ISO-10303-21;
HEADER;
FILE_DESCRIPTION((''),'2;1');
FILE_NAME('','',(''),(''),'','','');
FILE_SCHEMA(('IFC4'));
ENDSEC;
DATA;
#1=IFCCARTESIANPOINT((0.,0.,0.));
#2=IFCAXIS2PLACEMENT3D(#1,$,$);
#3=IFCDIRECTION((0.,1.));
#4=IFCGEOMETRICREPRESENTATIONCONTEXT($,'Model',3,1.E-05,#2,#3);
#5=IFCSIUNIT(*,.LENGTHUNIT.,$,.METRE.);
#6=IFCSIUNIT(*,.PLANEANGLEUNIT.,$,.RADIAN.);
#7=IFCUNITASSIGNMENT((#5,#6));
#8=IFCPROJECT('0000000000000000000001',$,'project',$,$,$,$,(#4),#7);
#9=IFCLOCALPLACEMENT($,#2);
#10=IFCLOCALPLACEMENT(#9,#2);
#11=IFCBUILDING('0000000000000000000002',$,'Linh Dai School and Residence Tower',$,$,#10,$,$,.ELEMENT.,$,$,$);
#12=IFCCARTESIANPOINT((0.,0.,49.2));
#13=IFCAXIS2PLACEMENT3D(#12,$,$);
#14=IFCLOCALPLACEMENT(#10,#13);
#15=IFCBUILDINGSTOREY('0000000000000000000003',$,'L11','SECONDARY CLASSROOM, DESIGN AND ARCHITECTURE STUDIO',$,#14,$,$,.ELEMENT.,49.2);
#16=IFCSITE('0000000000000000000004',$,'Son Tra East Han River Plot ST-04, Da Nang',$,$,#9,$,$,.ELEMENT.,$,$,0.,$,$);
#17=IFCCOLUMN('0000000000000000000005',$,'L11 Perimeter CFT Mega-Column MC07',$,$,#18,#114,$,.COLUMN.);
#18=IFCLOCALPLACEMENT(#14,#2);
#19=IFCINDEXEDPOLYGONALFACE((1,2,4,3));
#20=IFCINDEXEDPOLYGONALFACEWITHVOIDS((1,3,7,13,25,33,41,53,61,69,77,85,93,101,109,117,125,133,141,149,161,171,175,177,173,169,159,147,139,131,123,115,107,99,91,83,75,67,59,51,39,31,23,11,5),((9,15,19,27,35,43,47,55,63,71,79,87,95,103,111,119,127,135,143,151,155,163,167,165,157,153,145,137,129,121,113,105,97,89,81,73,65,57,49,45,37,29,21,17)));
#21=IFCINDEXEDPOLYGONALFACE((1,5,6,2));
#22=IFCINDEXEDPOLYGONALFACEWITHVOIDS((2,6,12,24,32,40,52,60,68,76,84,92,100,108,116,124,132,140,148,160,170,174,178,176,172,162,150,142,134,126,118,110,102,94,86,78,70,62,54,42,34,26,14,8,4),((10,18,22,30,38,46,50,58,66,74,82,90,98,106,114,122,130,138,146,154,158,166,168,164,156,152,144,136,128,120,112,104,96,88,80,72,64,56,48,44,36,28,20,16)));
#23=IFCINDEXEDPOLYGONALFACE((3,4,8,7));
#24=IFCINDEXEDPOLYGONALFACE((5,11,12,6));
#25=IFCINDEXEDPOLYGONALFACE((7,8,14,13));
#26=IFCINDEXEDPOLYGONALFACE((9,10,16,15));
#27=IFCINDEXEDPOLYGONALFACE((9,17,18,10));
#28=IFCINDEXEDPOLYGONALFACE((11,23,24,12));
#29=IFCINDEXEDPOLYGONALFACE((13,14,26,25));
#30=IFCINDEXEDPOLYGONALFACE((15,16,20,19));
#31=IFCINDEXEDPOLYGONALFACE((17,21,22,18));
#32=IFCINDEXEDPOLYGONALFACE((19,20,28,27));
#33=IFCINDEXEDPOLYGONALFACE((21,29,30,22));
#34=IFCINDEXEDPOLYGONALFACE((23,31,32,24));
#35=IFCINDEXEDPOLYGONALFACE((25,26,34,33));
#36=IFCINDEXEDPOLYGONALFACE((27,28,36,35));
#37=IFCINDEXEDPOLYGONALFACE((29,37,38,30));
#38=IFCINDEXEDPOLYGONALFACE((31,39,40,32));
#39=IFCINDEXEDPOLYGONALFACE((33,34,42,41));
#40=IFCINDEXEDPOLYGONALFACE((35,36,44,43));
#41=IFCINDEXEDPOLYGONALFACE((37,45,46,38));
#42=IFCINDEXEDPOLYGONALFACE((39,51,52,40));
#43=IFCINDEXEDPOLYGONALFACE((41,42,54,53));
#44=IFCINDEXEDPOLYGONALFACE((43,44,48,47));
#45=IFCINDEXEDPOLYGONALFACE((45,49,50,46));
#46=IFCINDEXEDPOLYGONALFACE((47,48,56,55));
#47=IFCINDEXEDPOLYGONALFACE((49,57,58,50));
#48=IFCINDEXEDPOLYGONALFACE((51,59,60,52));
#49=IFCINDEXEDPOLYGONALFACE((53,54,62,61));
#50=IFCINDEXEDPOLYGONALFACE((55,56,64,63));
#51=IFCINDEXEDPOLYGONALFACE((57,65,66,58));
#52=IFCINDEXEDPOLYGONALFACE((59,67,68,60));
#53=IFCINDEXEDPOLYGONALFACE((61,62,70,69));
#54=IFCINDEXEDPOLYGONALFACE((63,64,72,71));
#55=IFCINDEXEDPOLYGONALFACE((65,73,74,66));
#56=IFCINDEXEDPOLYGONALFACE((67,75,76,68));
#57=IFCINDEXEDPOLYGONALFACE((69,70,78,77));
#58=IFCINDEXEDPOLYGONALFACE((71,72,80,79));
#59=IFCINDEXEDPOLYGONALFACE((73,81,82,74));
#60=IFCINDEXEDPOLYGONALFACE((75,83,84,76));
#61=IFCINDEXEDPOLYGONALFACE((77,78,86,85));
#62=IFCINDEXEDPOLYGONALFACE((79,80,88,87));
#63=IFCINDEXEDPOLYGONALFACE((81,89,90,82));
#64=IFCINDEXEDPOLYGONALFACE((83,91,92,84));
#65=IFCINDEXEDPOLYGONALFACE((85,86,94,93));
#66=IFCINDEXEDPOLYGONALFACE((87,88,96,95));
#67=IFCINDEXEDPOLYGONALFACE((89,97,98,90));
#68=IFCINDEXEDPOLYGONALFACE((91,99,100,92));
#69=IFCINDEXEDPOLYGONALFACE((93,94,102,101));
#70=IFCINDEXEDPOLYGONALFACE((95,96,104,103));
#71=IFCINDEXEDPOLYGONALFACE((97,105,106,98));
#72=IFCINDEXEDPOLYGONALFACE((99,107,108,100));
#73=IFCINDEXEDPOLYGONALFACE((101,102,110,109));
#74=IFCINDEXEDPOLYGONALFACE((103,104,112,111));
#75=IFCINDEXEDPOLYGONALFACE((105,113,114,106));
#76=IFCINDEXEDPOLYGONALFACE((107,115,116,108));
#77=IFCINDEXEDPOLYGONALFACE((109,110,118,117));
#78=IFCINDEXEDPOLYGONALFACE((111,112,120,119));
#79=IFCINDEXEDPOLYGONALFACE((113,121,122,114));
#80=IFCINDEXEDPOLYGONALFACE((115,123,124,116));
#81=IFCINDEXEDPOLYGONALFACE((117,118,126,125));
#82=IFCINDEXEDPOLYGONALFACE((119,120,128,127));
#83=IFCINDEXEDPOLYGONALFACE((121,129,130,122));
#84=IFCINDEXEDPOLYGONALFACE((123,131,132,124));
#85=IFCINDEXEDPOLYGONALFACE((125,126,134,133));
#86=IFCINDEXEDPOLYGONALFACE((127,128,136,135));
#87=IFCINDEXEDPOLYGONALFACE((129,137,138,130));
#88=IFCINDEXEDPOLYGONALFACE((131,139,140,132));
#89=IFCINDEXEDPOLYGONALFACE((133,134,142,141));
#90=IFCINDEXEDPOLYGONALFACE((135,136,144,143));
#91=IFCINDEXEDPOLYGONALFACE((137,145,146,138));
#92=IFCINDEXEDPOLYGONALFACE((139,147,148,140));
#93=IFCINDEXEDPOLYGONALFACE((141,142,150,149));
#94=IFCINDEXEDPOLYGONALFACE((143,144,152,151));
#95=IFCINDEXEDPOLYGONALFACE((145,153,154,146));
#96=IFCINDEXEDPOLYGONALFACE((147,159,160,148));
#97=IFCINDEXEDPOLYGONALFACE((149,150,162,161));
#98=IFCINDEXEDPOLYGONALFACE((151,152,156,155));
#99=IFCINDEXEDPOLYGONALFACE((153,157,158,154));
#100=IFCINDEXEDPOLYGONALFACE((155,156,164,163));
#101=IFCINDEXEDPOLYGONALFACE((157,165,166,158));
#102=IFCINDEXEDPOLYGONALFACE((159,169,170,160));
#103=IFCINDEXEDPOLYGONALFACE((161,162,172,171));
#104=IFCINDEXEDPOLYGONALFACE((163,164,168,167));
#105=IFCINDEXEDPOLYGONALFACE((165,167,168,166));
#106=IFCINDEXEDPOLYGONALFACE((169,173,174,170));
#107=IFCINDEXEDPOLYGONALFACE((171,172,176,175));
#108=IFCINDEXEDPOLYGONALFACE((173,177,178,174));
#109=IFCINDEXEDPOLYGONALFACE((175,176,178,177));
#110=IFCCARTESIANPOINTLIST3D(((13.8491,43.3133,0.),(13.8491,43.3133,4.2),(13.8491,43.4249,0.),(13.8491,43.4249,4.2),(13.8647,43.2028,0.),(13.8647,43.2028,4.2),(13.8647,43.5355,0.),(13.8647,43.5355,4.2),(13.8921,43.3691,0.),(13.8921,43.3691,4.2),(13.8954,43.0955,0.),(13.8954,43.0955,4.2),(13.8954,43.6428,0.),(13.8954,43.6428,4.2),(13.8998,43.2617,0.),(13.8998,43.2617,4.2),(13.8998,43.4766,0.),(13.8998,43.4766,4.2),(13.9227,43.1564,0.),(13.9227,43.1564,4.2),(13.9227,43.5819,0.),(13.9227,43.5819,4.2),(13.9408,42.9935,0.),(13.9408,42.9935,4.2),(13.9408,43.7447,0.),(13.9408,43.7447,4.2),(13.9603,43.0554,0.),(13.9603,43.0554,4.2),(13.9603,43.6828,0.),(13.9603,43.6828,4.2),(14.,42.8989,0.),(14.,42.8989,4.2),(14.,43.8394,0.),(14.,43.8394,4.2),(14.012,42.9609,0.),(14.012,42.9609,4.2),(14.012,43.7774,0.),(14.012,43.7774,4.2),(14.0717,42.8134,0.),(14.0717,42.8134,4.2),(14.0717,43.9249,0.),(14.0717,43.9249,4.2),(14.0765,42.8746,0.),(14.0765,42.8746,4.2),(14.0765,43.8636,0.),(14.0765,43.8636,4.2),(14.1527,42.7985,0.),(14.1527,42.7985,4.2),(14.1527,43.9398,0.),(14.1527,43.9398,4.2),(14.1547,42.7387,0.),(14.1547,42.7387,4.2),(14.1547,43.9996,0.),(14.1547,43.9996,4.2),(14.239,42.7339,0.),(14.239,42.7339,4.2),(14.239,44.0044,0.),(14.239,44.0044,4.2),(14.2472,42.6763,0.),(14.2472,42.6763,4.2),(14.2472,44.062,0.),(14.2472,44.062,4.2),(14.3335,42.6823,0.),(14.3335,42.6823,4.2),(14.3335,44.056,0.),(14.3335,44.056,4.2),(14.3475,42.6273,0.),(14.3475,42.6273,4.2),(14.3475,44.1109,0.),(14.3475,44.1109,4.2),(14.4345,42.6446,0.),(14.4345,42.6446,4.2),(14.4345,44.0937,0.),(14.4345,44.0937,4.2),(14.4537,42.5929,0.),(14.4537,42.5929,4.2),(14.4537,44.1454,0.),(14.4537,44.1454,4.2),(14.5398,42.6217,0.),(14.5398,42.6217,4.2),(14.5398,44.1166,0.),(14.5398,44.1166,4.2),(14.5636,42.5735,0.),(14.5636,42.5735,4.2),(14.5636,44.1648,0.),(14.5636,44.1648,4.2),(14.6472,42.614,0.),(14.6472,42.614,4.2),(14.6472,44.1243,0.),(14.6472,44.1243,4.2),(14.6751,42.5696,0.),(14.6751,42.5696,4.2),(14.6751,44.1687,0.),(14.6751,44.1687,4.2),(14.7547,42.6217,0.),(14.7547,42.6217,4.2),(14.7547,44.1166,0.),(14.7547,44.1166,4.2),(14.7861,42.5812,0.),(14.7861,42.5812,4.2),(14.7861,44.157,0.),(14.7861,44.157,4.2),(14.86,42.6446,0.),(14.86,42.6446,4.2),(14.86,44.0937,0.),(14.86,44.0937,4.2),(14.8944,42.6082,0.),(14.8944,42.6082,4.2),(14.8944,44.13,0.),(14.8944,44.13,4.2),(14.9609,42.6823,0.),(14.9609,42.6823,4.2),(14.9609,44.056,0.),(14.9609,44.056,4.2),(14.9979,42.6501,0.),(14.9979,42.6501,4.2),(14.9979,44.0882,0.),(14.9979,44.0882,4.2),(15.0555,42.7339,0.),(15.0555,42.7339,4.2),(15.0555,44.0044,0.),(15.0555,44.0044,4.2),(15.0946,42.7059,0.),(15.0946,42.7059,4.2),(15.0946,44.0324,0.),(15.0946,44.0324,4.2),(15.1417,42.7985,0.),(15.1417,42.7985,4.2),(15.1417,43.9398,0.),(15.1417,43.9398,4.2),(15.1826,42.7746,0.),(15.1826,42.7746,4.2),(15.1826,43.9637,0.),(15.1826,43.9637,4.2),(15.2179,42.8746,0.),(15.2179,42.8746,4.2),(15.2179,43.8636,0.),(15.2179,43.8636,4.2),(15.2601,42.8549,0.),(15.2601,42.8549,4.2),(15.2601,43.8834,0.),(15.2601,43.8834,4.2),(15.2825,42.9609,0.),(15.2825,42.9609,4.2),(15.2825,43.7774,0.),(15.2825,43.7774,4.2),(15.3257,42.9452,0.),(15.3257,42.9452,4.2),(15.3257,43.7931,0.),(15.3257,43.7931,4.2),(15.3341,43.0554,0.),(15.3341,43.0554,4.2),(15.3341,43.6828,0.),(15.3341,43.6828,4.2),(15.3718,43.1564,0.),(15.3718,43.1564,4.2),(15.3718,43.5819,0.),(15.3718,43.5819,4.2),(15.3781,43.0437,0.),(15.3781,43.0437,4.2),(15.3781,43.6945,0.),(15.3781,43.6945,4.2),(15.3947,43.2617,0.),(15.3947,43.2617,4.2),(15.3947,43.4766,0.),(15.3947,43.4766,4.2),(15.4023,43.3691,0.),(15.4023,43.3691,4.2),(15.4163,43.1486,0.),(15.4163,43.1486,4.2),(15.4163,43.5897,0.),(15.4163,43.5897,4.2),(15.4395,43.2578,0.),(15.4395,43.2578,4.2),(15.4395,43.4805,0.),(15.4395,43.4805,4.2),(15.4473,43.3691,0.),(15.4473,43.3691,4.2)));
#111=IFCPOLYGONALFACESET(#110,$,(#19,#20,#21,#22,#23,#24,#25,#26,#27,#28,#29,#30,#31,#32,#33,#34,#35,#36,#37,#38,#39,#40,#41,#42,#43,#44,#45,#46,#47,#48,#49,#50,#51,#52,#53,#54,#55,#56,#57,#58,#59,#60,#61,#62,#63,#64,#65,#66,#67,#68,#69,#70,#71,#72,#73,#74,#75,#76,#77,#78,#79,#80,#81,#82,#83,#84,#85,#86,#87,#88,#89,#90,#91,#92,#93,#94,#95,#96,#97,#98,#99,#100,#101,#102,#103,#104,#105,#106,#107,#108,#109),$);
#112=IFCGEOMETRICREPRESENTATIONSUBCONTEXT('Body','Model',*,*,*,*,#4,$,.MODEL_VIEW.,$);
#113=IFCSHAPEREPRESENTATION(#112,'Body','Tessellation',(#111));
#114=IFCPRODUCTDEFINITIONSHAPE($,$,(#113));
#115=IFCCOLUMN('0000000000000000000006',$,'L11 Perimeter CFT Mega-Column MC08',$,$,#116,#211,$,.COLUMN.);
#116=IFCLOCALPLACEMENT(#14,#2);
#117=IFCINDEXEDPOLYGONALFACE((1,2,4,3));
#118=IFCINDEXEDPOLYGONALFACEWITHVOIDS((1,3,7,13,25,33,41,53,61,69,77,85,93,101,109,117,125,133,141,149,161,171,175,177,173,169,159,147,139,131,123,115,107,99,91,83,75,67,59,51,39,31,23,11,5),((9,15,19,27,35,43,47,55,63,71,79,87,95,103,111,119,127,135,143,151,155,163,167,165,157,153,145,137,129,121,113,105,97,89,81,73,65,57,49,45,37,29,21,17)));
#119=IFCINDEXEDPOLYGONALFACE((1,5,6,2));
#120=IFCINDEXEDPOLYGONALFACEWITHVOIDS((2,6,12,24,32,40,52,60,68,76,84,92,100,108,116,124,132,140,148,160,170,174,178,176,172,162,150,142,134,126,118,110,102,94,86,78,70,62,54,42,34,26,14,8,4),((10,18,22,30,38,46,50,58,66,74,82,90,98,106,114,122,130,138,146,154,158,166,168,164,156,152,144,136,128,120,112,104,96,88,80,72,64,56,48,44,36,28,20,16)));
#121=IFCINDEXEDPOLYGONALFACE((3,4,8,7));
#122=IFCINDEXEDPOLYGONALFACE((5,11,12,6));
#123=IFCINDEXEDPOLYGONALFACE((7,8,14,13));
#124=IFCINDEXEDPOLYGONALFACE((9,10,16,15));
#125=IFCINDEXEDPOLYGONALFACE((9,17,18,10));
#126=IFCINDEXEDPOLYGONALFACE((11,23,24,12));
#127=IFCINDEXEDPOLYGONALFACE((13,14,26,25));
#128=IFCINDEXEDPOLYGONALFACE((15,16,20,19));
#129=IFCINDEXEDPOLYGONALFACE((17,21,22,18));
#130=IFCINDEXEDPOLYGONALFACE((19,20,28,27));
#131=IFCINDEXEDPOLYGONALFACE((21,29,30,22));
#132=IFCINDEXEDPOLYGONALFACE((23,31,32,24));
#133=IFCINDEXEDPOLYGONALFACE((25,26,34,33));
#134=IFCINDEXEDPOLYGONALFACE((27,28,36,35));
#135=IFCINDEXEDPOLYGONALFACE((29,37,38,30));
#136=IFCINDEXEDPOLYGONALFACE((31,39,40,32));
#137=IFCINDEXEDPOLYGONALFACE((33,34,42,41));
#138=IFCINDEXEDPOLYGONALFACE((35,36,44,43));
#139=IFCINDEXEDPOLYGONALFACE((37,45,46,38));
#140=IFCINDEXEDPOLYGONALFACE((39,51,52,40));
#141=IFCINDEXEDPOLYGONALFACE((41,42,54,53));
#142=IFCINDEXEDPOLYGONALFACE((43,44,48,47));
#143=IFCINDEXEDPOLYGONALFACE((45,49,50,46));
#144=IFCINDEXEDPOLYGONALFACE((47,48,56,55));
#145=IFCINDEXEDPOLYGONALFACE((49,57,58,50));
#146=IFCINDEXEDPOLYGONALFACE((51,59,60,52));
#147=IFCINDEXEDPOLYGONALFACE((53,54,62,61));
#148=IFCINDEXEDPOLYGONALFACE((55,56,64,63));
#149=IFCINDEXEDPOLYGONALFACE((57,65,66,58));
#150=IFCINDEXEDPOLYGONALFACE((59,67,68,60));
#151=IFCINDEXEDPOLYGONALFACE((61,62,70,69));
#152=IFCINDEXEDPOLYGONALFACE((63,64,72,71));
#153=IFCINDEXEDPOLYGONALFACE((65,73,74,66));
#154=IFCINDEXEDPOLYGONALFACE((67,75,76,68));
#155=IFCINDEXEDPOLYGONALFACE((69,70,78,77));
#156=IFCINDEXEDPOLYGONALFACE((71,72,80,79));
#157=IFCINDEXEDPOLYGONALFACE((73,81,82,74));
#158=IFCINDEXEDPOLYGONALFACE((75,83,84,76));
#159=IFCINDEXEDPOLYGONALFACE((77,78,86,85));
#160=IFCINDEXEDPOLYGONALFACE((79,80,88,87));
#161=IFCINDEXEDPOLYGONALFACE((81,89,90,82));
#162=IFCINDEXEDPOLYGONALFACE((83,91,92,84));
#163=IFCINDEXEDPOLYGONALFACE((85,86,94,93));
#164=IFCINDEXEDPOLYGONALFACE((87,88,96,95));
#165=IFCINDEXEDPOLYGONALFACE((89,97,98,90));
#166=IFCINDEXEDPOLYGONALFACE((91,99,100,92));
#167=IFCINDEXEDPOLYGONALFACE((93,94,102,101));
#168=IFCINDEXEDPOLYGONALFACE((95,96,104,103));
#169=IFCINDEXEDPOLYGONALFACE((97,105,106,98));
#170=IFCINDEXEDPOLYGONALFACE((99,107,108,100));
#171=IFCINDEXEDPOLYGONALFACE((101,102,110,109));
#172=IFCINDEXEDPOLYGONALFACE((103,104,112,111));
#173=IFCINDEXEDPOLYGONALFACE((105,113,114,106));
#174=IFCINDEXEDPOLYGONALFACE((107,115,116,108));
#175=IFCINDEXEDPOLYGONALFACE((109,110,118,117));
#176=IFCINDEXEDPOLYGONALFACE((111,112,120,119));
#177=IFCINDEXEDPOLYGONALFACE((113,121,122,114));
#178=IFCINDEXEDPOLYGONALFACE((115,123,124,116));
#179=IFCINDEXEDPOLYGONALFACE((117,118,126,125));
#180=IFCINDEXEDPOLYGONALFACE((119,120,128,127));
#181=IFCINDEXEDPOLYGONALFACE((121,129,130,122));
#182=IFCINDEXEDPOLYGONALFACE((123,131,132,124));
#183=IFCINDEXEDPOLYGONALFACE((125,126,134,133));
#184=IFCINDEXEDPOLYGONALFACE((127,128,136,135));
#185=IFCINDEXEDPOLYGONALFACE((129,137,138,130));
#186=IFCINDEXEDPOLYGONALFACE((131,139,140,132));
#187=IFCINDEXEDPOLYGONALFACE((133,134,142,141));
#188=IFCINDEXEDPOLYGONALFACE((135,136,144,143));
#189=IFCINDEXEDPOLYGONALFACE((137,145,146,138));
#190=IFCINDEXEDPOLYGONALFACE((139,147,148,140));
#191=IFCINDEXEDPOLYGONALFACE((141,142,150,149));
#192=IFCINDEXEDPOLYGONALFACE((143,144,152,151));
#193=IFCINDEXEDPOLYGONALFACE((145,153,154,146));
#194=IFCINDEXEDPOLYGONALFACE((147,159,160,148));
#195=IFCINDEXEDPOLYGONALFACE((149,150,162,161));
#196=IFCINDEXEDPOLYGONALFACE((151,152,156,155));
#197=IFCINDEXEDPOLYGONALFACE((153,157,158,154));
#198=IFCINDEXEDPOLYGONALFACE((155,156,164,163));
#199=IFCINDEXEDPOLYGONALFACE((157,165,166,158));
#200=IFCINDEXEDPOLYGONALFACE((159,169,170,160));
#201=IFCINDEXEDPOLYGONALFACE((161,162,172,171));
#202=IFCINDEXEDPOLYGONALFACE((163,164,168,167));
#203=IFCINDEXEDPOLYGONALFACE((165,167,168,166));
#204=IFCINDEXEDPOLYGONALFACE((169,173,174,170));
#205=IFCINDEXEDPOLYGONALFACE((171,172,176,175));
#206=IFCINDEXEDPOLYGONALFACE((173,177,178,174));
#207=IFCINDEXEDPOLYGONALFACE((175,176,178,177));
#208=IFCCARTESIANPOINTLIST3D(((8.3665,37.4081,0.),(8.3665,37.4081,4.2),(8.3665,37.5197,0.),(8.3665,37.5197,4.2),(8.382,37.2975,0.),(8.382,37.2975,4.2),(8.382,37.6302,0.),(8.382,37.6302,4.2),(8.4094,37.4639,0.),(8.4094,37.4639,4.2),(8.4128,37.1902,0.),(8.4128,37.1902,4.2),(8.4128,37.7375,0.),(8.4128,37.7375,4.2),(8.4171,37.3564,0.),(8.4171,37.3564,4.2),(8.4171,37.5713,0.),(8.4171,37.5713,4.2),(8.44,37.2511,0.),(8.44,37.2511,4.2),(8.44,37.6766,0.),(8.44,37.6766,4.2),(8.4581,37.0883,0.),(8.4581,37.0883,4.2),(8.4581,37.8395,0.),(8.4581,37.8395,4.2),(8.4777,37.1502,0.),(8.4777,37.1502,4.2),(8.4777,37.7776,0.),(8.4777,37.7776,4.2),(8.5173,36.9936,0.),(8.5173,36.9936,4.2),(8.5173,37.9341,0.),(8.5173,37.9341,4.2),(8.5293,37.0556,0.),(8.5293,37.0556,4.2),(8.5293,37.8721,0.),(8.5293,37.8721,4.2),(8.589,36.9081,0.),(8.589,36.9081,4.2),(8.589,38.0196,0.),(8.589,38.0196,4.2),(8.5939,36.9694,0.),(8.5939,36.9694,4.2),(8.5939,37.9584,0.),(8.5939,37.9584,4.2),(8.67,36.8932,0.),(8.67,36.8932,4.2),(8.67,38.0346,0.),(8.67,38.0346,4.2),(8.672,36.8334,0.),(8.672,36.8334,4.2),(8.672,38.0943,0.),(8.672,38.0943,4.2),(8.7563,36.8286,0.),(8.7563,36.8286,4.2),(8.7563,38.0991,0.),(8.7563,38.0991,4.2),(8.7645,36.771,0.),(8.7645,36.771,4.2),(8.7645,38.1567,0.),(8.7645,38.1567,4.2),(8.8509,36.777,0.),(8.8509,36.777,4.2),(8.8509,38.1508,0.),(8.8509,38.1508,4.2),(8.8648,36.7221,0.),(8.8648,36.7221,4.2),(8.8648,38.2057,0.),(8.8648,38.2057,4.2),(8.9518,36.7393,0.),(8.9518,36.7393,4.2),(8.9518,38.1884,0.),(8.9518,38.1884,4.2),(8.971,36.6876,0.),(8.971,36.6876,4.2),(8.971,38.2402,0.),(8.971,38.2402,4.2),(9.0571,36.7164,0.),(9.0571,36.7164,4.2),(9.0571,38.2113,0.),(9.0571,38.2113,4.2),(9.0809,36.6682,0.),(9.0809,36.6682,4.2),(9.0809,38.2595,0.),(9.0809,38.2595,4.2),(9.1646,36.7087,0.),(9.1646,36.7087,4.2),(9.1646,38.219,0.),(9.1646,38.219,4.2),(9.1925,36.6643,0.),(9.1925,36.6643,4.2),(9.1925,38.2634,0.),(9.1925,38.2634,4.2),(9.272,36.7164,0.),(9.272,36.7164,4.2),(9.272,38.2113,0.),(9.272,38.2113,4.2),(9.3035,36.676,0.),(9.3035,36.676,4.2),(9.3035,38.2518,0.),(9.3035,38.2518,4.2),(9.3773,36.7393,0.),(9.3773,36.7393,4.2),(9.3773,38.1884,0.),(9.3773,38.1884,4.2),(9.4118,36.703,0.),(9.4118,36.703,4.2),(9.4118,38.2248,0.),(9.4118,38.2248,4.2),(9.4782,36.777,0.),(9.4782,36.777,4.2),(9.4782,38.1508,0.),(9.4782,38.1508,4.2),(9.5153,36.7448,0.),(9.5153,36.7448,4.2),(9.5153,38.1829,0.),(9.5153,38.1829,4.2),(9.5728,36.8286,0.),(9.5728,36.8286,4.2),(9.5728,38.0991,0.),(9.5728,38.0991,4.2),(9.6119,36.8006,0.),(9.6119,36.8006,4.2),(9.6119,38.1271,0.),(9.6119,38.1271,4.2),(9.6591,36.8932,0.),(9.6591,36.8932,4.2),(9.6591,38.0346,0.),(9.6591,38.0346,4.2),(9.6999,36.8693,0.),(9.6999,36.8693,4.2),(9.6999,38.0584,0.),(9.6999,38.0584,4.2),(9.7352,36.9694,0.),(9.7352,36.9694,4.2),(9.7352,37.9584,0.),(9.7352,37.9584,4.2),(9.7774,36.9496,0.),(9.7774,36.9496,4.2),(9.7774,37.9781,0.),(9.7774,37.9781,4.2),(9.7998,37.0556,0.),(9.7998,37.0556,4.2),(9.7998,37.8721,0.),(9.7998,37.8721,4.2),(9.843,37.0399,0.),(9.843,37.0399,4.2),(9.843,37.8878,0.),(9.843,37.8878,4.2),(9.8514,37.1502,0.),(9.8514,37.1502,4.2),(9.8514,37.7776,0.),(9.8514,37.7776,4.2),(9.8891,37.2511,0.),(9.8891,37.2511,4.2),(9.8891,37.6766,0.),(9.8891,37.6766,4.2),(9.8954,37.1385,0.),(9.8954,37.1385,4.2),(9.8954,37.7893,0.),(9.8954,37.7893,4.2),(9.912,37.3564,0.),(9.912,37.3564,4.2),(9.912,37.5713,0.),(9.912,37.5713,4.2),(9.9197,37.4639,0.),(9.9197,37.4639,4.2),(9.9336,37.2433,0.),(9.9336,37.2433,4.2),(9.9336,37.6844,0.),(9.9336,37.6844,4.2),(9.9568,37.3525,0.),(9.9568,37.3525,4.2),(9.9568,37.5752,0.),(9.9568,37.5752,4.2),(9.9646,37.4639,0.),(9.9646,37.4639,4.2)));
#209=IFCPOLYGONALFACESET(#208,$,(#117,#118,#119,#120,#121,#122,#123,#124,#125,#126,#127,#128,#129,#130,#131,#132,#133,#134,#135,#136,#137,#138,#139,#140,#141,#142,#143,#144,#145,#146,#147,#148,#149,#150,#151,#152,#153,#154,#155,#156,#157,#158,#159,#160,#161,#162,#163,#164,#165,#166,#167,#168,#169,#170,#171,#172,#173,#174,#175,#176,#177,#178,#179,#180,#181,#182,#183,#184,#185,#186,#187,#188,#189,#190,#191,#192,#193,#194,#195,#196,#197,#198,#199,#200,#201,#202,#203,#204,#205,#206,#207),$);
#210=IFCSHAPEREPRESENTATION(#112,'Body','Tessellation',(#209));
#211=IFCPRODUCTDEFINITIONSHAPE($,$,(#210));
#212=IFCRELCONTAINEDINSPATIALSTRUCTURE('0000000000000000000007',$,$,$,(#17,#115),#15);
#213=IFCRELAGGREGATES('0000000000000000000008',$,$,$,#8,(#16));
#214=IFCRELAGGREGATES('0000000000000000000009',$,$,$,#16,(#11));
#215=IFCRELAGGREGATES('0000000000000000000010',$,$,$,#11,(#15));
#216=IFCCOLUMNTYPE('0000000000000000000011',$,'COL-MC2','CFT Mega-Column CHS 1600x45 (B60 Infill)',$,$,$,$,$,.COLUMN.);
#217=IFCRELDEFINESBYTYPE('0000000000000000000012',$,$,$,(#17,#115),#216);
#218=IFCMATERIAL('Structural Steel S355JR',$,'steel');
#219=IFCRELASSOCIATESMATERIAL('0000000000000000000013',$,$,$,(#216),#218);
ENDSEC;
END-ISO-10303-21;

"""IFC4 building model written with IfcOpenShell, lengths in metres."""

from ifc_helpers import new_model, si_unit, direction, frame, origin, origin_2d, place, context, subcontext, project, spatial, hollow_circle, extrude, material, material_profile, profile_set, type_object, element, save


model = new_model("IFC4")

# Units and contexts
model_context = context("Model", 3, precision=1e-05, world=origin(), true_north=direction((0.0, 1.0)))
body_context = subcontext(model_context, "Body", "Model", "MODEL_VIEW")
ifc_project = project(units=[si_unit("LENGTHUNIT", "METRE"), si_unit("PLANEANGLEUNIT", "RADIAN")], contexts=[model_context])

# Site, building, storey
site_placement = place(None, origin())
site = spatial("IfcSite", under=ifc_project, at=site_placement, Name="Son Tra East Han River Plot ST-04, Da Nang", CompositionType="ELEMENT", RefElevation=0.0)
building_placement = place(site_placement, origin())
building = spatial("IfcBuilding", under=site, at=building_placement, Name="Linh Dai School and Residence Tower", CompositionType="ELEMENT")
storey_placement = place(building_placement, frame((0.0, 0.0, 49.2)))
storey = spatial("IfcBuildingStorey", under=building, at=storey_placement, Name="L11", Description="SECONDARY CLASSROOM, DESIGN AND ARCHITECTURE STUDIO", CompositionType="ELEMENT", Elevation=49.2)

# Columns
ifc_material_1 = material(Name="Structural Steel S355JR", Category="steel")
ifc_material_profile_1 = material_profile(ifc_material_1, hollow_circle(Radius=0.8, WallThickness=0.0449, at=origin_2d()), Name="CHS 1600x45")
ifc_profile_set_1 = profile_set([ifc_material_profile_1], Name="Structural Steel S355JR")
column_type = type_object("IfcColumnType", Name="COL-MC2", Description="CFT Mega-Column CHS 1600x45 (B60 Infill)", PredefinedType="COLUMN", material=ifc_profile_set_1)
for number, where, z_axis, x_axis, name in (
    (1, (14.6472, 43.3691, 0.0), (0.0, 0.0, 1.0), (1.0, 0.0, 0.0), "L11 Perimeter CFT Mega-Column MC07"),
    (2, (9.1646, 37.4639, 0.0), (0.0, 0.0, 1.0), (1.0, 0.0, 0.0), "L11 Perimeter CFT Mega-Column MC08"),
):
    element("IfcColumn", number, at=place(storey_placement, frame(where, z_axis=z_axis, x_axis=x_axis)), inside=storey, type_object=column_type, Name=name, PredefinedType="COLUMN", context=body_context, shape_type="SweptSolid", body=[
        extrude(hollow_circle(Radius=0.8, WallThickness=0.0449, at=origin_2d()), origin(), (0.0, 0.0, 1.0), 4.2),
    ])

save(model, "model.ifc")
